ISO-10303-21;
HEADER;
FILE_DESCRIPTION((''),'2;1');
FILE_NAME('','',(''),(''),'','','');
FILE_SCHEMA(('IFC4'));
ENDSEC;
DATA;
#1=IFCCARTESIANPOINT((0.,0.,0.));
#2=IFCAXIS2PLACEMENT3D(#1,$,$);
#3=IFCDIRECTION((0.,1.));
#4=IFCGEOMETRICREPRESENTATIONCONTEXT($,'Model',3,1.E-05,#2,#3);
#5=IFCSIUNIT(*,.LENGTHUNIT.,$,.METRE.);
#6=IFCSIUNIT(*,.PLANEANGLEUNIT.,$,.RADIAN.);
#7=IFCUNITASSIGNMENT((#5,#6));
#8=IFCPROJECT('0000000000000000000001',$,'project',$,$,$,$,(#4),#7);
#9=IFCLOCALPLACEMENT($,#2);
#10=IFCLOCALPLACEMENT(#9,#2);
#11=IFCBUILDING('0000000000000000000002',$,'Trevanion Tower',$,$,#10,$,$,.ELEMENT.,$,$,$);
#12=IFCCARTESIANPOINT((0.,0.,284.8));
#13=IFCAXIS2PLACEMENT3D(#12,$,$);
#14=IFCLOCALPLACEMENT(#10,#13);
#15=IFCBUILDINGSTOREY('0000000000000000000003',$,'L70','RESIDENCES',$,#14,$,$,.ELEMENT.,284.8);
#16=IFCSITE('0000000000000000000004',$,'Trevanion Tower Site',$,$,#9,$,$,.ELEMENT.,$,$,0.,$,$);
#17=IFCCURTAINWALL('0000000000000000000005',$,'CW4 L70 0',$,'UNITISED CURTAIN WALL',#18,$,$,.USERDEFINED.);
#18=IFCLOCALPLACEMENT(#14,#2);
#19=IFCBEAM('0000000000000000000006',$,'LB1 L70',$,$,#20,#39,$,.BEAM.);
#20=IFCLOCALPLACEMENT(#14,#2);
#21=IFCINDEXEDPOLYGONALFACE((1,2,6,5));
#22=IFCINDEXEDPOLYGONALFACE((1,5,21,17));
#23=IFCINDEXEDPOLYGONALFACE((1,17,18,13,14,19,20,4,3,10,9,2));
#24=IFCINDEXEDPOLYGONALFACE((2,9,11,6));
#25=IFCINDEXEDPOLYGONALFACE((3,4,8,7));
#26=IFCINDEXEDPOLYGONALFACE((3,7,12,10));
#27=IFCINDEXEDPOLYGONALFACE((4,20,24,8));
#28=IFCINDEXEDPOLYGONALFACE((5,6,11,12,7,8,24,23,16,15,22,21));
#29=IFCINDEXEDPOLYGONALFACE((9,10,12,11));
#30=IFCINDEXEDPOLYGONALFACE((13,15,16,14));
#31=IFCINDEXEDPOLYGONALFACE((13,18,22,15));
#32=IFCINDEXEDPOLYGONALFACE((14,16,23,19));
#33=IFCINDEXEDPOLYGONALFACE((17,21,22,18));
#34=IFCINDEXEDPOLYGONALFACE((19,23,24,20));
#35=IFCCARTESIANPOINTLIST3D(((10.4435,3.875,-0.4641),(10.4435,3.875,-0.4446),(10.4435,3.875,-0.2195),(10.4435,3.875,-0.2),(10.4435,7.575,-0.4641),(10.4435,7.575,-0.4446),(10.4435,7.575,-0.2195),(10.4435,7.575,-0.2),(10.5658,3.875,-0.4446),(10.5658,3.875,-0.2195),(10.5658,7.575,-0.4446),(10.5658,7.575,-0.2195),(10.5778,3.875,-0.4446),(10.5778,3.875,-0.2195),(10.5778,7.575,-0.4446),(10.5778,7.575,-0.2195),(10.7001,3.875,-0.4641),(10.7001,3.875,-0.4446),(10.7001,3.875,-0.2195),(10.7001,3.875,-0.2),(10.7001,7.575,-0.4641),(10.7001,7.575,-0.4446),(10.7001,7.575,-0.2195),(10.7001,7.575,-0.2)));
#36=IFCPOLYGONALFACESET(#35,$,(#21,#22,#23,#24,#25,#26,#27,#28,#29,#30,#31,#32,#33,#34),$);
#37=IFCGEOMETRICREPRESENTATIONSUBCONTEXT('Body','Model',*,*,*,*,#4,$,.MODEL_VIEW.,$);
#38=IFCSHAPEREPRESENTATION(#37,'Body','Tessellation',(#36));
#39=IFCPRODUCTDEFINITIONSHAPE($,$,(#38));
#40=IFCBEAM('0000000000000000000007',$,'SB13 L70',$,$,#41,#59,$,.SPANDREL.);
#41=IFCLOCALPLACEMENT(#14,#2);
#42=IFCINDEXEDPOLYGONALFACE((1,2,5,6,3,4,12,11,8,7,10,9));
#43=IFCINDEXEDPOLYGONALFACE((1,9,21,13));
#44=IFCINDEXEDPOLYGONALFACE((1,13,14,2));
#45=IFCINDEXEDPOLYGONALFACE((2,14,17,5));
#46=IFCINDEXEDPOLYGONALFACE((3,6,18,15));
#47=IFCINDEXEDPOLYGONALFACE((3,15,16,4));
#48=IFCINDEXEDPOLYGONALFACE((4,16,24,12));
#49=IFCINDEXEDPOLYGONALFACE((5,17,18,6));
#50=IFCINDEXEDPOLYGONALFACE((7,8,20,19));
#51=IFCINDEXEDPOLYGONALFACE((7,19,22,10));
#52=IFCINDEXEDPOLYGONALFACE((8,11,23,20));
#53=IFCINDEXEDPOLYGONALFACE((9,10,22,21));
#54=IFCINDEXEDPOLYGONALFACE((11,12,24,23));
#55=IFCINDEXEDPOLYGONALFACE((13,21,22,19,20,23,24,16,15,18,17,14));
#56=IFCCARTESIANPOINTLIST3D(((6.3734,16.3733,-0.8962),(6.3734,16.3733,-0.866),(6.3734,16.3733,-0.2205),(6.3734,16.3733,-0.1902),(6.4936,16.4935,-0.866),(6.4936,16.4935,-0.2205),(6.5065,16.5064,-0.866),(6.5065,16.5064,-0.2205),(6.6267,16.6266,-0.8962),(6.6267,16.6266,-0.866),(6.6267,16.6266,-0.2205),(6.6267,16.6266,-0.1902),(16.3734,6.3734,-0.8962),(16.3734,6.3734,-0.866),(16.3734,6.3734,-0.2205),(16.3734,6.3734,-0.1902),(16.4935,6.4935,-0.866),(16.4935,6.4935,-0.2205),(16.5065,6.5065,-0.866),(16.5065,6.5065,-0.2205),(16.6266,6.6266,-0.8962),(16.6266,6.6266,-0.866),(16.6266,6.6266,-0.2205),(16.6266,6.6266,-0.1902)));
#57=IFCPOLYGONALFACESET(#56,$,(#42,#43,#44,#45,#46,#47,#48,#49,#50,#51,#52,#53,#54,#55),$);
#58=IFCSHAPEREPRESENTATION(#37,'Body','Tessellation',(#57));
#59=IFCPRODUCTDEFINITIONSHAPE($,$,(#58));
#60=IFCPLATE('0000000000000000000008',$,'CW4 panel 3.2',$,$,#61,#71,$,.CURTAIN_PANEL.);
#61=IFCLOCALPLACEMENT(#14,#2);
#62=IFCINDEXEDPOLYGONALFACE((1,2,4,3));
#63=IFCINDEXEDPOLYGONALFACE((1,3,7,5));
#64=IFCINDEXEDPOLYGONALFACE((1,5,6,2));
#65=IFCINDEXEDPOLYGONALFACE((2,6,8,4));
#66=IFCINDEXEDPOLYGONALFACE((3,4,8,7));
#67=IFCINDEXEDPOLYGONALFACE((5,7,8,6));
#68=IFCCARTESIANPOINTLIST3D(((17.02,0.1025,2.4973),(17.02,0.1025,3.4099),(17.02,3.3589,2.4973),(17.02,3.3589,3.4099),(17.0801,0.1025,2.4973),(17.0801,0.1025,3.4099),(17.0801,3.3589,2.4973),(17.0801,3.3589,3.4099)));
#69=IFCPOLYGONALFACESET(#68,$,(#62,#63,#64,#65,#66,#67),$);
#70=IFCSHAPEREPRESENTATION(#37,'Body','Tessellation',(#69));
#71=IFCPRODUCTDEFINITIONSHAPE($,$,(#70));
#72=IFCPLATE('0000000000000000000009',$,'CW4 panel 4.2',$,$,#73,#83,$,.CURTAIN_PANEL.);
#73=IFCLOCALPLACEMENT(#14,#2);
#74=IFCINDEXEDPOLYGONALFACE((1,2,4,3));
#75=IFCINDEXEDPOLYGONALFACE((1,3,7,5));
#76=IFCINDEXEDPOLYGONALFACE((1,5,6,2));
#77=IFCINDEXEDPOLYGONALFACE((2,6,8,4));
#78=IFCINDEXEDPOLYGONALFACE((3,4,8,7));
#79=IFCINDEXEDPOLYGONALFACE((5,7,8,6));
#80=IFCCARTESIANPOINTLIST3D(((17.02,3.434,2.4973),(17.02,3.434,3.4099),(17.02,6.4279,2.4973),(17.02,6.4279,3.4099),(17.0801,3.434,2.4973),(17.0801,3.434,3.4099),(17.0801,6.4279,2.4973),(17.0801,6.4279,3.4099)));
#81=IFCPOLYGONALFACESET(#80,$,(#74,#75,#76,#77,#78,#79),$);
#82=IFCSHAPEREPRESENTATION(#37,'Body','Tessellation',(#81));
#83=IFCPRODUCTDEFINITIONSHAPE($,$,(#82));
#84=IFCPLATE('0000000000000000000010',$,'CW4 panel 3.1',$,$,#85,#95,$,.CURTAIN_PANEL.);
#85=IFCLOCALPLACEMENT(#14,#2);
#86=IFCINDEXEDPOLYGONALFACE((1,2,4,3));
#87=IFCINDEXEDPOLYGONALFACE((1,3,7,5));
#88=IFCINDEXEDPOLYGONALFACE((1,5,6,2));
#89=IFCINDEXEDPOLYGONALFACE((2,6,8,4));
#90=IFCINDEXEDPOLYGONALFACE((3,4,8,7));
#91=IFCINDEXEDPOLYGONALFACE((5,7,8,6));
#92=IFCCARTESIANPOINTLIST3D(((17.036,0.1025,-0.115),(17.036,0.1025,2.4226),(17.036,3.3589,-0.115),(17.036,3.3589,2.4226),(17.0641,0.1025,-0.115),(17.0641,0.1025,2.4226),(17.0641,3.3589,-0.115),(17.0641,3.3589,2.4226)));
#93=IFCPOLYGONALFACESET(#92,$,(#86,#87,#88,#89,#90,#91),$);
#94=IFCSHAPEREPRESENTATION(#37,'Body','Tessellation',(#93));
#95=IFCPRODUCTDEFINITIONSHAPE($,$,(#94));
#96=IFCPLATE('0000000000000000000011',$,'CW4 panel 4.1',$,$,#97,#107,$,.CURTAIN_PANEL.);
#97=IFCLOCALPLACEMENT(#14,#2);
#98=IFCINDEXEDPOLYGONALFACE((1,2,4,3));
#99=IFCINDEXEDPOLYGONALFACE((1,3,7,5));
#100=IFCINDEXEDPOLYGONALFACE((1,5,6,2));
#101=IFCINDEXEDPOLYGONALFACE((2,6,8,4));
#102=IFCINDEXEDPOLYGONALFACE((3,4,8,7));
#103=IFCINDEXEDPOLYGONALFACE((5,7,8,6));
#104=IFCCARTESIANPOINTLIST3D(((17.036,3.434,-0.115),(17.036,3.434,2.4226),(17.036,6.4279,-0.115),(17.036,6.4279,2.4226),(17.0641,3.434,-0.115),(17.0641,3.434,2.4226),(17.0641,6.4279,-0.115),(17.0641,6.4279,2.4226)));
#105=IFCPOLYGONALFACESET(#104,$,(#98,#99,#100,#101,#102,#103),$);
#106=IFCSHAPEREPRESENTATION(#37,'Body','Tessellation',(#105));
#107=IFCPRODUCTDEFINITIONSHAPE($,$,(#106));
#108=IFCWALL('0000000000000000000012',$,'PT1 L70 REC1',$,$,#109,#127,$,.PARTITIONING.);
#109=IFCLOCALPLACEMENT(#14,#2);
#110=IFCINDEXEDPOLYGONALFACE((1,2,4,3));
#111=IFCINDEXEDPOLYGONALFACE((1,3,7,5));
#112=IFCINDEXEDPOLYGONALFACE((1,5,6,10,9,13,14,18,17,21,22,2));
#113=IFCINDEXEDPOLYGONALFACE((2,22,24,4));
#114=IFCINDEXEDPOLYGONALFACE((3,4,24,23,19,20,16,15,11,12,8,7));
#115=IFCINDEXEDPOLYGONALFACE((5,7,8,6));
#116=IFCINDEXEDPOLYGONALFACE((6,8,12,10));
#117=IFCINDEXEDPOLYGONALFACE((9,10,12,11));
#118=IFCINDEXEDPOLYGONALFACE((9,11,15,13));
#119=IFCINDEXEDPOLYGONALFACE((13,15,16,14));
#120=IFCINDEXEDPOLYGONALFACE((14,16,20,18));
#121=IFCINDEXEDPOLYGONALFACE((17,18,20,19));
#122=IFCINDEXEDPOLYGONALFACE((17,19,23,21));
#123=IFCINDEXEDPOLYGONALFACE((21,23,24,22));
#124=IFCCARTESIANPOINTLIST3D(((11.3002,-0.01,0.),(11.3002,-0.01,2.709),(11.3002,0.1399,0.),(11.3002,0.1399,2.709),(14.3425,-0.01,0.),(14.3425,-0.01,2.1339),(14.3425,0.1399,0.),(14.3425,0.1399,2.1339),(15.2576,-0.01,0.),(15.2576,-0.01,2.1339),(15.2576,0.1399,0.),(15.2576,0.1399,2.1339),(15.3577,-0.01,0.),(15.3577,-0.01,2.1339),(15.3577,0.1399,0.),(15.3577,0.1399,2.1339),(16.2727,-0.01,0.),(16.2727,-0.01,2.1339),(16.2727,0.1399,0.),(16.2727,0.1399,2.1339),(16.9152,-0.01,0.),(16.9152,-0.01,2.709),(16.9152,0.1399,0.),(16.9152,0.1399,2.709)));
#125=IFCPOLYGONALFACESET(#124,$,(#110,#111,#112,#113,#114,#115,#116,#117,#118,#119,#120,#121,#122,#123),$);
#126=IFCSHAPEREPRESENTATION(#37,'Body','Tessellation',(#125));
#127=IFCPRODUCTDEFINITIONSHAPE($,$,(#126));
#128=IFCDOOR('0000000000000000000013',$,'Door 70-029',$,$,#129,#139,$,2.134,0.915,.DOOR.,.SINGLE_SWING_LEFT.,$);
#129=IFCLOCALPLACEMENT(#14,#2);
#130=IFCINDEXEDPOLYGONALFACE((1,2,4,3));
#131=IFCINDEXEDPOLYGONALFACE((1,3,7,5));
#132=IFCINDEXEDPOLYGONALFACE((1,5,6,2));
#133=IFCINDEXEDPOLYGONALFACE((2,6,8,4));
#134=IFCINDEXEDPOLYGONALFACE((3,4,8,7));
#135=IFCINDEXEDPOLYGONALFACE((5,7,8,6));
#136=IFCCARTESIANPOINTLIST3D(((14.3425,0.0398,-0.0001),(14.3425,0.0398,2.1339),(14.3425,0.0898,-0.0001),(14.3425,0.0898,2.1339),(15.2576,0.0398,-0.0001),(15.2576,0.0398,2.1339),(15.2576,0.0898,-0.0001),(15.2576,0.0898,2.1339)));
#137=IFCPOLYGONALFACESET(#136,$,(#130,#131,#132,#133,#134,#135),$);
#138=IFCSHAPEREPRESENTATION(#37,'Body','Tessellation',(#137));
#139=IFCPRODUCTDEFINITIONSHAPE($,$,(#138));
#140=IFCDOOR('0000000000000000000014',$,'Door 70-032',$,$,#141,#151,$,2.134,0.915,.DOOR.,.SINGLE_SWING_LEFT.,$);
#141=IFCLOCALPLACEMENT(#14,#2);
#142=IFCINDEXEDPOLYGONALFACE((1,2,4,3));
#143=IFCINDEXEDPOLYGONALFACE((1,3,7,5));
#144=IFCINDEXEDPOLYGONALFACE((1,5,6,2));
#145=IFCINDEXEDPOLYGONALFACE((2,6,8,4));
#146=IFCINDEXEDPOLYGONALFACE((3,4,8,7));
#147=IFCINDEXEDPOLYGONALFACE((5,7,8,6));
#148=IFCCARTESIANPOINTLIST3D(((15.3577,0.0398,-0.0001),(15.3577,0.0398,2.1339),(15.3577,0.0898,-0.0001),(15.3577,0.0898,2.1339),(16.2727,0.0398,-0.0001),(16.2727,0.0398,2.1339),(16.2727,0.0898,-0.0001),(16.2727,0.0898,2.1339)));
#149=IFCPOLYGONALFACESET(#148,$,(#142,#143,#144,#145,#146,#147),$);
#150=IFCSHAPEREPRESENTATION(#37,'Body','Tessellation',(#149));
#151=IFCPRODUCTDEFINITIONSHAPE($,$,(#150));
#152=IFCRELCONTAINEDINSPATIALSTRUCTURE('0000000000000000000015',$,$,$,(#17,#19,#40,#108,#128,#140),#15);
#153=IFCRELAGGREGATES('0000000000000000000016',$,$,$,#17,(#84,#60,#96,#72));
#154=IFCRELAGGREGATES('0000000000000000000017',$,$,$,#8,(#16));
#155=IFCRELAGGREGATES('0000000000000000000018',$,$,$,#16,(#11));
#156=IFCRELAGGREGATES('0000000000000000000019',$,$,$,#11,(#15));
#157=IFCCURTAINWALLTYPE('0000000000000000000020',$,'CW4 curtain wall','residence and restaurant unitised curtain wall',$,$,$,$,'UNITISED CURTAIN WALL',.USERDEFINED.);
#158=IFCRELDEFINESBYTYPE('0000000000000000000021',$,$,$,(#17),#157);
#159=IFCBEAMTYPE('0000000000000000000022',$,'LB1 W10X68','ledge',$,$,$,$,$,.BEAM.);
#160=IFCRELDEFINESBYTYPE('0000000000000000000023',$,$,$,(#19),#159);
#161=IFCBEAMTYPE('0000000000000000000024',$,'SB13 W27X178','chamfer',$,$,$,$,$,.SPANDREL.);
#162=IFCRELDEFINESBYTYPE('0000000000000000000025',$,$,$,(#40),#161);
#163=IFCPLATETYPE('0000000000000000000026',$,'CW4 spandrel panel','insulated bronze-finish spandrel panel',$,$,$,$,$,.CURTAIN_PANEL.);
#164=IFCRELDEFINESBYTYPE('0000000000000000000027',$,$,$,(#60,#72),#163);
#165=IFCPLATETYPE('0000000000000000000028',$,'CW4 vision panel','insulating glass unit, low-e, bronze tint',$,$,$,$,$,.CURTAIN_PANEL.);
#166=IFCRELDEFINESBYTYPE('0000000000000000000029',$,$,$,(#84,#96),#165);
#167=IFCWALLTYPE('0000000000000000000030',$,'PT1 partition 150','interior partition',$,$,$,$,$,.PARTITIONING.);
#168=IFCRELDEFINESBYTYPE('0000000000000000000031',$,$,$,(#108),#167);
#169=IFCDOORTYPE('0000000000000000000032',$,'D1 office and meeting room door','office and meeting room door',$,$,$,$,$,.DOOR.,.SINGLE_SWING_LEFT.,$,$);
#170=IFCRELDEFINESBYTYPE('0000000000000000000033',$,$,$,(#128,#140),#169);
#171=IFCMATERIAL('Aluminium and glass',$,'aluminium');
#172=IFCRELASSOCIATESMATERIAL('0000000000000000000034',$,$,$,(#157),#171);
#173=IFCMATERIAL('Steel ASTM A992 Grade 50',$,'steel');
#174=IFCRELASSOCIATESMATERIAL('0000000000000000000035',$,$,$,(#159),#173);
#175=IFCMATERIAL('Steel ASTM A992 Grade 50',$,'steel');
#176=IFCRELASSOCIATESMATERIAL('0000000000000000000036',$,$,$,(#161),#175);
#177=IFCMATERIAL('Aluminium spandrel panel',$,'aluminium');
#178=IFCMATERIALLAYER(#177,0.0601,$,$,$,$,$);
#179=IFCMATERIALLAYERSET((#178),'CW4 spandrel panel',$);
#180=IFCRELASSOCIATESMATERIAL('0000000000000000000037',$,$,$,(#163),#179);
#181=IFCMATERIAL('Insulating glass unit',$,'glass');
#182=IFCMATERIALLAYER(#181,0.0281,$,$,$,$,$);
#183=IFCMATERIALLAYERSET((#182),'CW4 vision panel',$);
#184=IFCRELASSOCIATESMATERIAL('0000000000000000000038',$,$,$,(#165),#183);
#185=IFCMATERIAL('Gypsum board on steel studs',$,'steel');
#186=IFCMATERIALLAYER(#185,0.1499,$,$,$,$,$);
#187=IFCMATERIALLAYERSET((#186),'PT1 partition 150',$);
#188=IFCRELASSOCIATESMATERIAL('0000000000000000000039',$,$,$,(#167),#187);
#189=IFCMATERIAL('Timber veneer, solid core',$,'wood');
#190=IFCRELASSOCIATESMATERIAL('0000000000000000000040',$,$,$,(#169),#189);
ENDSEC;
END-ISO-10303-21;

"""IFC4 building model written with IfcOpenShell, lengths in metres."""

from ifc_helpers import new_model, si_unit, direction, frame, frame_2d, origin, origin_2d, place, context, subcontext, project, spatial, rectangle, i_section, extrude, material, layer, layer_set, material_profile, profile_set, type_object, element, fill, aggregate, save


model = new_model("IFC4")

# Units and contexts
model_context = context("Model", 3, precision=1e-05, world=origin(), true_north=direction((0.0, 1.0)))
body_context = subcontext(model_context, "Body", "Model", "MODEL_VIEW")
ifc_project = project(units=[si_unit("LENGTHUNIT", "METRE"), si_unit("PLANEANGLEUNIT", "RADIAN")], contexts=[model_context])

# Site, building, storey
site_placement = place(None, origin())
site = spatial("IfcSite", under=ifc_project, at=site_placement, Name="Trevanion Tower Site", CompositionType="ELEMENT", RefElevation=0.0)
building_placement = place(site_placement, origin())
building = spatial("IfcBuilding", under=site, at=building_placement, Name="Trevanion Tower", CompositionType="ELEMENT")
storey_placement = place(building_placement, frame((0.0, 0.0, 284.8)))
storey = spatial("IfcBuildingStorey", under=building, at=storey_placement, Name="L70", Description="RESIDENCES", CompositionType="ELEMENT", Elevation=284.8)

# Curtain wall
ifc_material_1 = material(Name="Aluminium and glass", Category="aluminium")
curtain_wall_type = type_object("IfcCurtainWallType", Name="CW4 curtain wall", Description="residence and restaurant unitised curtain wall", ElementType="UNITISED CURTAIN WALL", PredefinedType="USERDEFINED", material=ifc_material_1)
curtain_wall_placement = place(storey_placement, origin())
curtain_wall = element("IfcCurtainWall", 1, at=curtain_wall_placement, inside=storey, type_object=curtain_wall_type, Name="CW4 L70 0", ObjectType="UNITISED CURTAIN WALL", PredefinedType="USERDEFINED")

# Beams
ifc_material_2 = material(Name="Steel ASTM A992 Grade 50", Category="steel")
ifc_material_profile_1 = material_profile(ifc_material_2, i_section(OverallWidth=0.2566, OverallDepth=0.2642, WebThickness=0.012, FlangeThickness=0.0195, at=origin_2d()), Name="W10X68")
ifc_profile_set_1 = profile_set([ifc_material_profile_1], Name="Steel ASTM A992 Grade 50")
beam_type_1 = type_object("IfcBeamType", Name="LB1 W10X68", Description="ledge", PredefinedType="BEAM", material=ifc_profile_set_1)
beam_1_placement = place(storey_placement, frame((10.5718, 3.875, -0.332), z_axis=(0.0, 1.0, 0.0), x_axis=(-1.0, 0.0, 0.0)))
element("IfcBeam", 2, at=beam_1_placement, inside=storey, type_object=beam_type_1, Name="LB1 L70", PredefinedType="BEAM", context=body_context, shape_type="SweptSolid", body=[
    extrude(i_section(OverallWidth=0.2566, OverallDepth=0.2642, WebThickness=0.012, FlangeThickness=0.0195, at=origin_2d()), origin(), (0.0, 0.0, 1.0), 3.7),
])
ifc_material_3 = material(Name="Steel ASTM A992 Grade 50", Category="steel")
ifc_material_profile_2 = material_profile(ifc_material_3, i_section(OverallWidth=0.3582, OverallDepth=0.7061, WebThickness=0.0183, FlangeThickness=0.0303, at=origin_2d()), Name="W27X178")
ifc_profile_set_2 = profile_set([ifc_material_profile_2], Name="Steel ASTM A992 Grade 50")
beam_type_2 = type_object("IfcBeamType", Name="SB13 W27X178", Description="chamfer", PredefinedType="SPANDREL", material=ifc_profile_set_2)
beam_2_placement = place(storey_placement, frame((16.5, 6.5, -0.5432), z_axis=(-0.707107, 0.707107, 0.0), x_axis=(-0.707107, -0.707107, 0.0)))
element("IfcBeam", 3, at=beam_2_placement, inside=storey, type_object=beam_type_2, Name="SB13 L70", PredefinedType="SPANDREL", context=body_context, shape_type="SweptSolid", body=[
    extrude(i_section(OverallWidth=0.3582, OverallDepth=0.7061, WebThickness=0.0183, FlangeThickness=0.0303, at=origin_2d()), origin(), (0.0, 0.0, 1.0), 14.1421),
])

# Plates
ifc_material_4 = material(Name="Aluminium spandrel panel", Category="aluminium")
ifc_layer_1 = layer(ifc_material_4, 0.0601)
ifc_layer_set_1 = layer_set([ifc_layer_1], Name="CW4 spandrel panel")
plate_type_1 = type_object("IfcPlateType", Name="CW4 spandrel panel", Description="insulated bronze-finish spandrel panel", PredefinedType="CURTAIN_PANEL", material=ifc_layer_set_1)
plate_1_placement = place(storey_placement, frame((17.05, 1.7307, 2.4973), z_axis=(0.0, 0.0, 1.0), x_axis=(0.0, 1.0, 0.0)))
plate_1 = element("IfcPlate", 4, at=plate_1_placement, type_object=plate_type_1, Name="CW4 panel 3.2", PredefinedType="CURTAIN_PANEL", context=body_context, shape_type="SweptSolid", body=[
    extrude(rectangle(XDim=3.2563, YDim=0.0601, at=origin_2d()), origin(), (0.0, 0.0, 1.0), 0.9126),
])
plate_2_placement = place(storey_placement, frame((17.05, 4.9309, 2.4973), z_axis=(0.0, 0.0, 1.0), x_axis=(0.0, 1.0, 0.0)))
plate_2 = element("IfcPlate", 5, at=plate_2_placement, type_object=plate_type_1, Name="CW4 panel 4.2", PredefinedType="CURTAIN_PANEL", context=body_context, shape_type="SweptSolid", body=[
    extrude(rectangle(XDim=2.9939, YDim=0.0601, at=origin_2d()), origin(), (0.0, 0.0, 1.0), 0.9126),
])
ifc_material_5 = material(Name="Insulating glass unit", Category="glass")
ifc_layer_2 = layer(ifc_material_5, 0.0281)
ifc_layer_set_2 = layer_set([ifc_layer_2], Name="CW4 vision panel")
plate_type_2 = type_object("IfcPlateType", Name="CW4 vision panel", Description="insulating glass unit, low-e, bronze tint", PredefinedType="CURTAIN_PANEL", material=ifc_layer_set_2)
plate_3_placement = place(storey_placement, frame((17.05, 1.7307, -0.115), z_axis=(0.0, 0.0, 1.0), x_axis=(0.0, 1.0, 0.0)))
plate_3 = element("IfcPlate", 6, at=plate_3_placement, type_object=plate_type_2, Name="CW4 panel 3.1", PredefinedType="CURTAIN_PANEL", context=body_context, shape_type="SweptSolid", body=[
    extrude(rectangle(XDim=3.2563, YDim=0.0281, at=origin_2d()), origin(), (0.0, 0.0, 1.0), 2.5376),
])
plate_4_placement = place(storey_placement, frame((17.05, 4.9309, -0.115), z_axis=(0.0, 0.0, 1.0), x_axis=(0.0, 1.0, 0.0)))
plate_4 = element("IfcPlate", 7, at=plate_4_placement, type_object=plate_type_2, Name="CW4 panel 4.1", PredefinedType="CURTAIN_PANEL", context=body_context, shape_type="SweptSolid", body=[
    extrude(rectangle(XDim=2.9939, YDim=0.0281, at=origin_2d()), origin(), (0.0, 0.0, 1.0), 2.5376),
])
aggregate(curtain_wall, [plate_3, plate_1, plate_4, plate_2])

# Wall, openings, doors
ifc_material_6 = material(Name="Gypsum board on steel studs", Category="steel")
ifc_layer_3 = layer(ifc_material_6, 0.1499)
ifc_layer_set_3 = layer_set([ifc_layer_3], Name="PT1 partition 150")
wall_type_1 = type_object("IfcWallType", Name="PT1 partition 150", Description="interior partition", PredefinedType="PARTITIONING", material=ifc_layer_set_3)
wall_1_placement = place(storey_placement, frame((11.3, 0.0649, 0.0), z_axis=(0.0, 0.0, 1.0), x_axis=(1.0, 0.0, 0.0)))
wall_1 = element("IfcWall", 8, at=wall_1_placement, inside=storey, type_object=wall_type_1, Name="PT1 L70 REC1", PredefinedType="PARTITIONING", context=body_context, shape_type="SweptSolid", body=[
    extrude(rectangle(XDim=5.615, YDim=0.1499, at=frame_2d((2.8076, 0.0))), origin(), (0.0, 0.0, 1.0), 2.709),
])
opening_1_placement = place(wall_1_placement, frame((3.0425, 0.0, 0.0)))
opening_1 = element("IfcOpeningElement", 9, at=opening_1_placement, cuts=wall_1, PredefinedType="OPENING", context=body_context, shape_type="SweptSolid", body=[
    extrude(rectangle(XDim=0.915, YDim=2.134, at=frame_2d((0.4575, 1.0669))), frame((0.0, 0.085, 0.0), z_axis=(0.0, -1.0, 0.0), x_axis=(1.0, 0.0, 0.0)), (0.0, 0.0, 1.0), 0.1699),
])
opening_2_placement = place(wall_1_placement, frame((4.0576, 0.0, 0.0)))
opening_2 = element("IfcOpeningElement", 10, at=opening_2_placement, cuts=wall_1, PredefinedType="OPENING", context=body_context, shape_type="SweptSolid", body=[
    extrude(rectangle(XDim=0.915, YDim=2.134, at=frame_2d((0.4575, 1.0669))), frame((0.0, 0.085, 0.0), z_axis=(0.0, -1.0, 0.0), x_axis=(1.0, 0.0, 0.0)), (0.0, 0.0, 1.0), 0.1699),
])
ifc_material_7 = material(Name="Timber veneer, solid core", Category="wood")
door_type_1 = type_object("IfcDoorType", Name="D1 office and meeting room door", Description="office and meeting room door", OperationType="SINGLE_SWING_LEFT", PredefinedType="DOOR", material=ifc_material_7)
door_1_placement = place(opening_1_placement, origin())
door_1 = element("IfcDoor", 11, at=door_1_placement, inside=storey, type_object=door_type_1, Name="Door 70-029", OperationType="SINGLE_SWING_LEFT", OverallHeight=2.134, OverallWidth=0.915, PredefinedType="DOOR", context=body_context, shape_type="SweptSolid", body=[
    extrude(rectangle(XDim=0.915, YDim=2.134, at=frame_2d((0.4575, 1.0669))), frame((0.0, 0.0249, 0.0), z_axis=(0.0, -1.0, 0.0), x_axis=(1.0, 0.0, 0.0)), (0.0, 0.0, 1.0), 0.05),
])
fill(opening_1, door_1)
door_2_placement = place(opening_2_placement, origin())
door_2 = element("IfcDoor", 12, at=door_2_placement, inside=storey, type_object=door_type_1, Name="Door 70-032", OperationType="SINGLE_SWING_LEFT", OverallHeight=2.134, OverallWidth=0.915, PredefinedType="DOOR", context=body_context, shape_type="SweptSolid", body=[
    extrude(rectangle(XDim=0.915, YDim=2.134, at=frame_2d((0.4575, 1.0669))), frame((0.0, 0.0249, 0.0), z_axis=(0.0, -1.0, 0.0), x_axis=(1.0, 0.0, 0.0)), (0.0, 0.0, 1.0), 0.05),
])
fill(opening_2, door_2)

save(model, "model.ifc")
